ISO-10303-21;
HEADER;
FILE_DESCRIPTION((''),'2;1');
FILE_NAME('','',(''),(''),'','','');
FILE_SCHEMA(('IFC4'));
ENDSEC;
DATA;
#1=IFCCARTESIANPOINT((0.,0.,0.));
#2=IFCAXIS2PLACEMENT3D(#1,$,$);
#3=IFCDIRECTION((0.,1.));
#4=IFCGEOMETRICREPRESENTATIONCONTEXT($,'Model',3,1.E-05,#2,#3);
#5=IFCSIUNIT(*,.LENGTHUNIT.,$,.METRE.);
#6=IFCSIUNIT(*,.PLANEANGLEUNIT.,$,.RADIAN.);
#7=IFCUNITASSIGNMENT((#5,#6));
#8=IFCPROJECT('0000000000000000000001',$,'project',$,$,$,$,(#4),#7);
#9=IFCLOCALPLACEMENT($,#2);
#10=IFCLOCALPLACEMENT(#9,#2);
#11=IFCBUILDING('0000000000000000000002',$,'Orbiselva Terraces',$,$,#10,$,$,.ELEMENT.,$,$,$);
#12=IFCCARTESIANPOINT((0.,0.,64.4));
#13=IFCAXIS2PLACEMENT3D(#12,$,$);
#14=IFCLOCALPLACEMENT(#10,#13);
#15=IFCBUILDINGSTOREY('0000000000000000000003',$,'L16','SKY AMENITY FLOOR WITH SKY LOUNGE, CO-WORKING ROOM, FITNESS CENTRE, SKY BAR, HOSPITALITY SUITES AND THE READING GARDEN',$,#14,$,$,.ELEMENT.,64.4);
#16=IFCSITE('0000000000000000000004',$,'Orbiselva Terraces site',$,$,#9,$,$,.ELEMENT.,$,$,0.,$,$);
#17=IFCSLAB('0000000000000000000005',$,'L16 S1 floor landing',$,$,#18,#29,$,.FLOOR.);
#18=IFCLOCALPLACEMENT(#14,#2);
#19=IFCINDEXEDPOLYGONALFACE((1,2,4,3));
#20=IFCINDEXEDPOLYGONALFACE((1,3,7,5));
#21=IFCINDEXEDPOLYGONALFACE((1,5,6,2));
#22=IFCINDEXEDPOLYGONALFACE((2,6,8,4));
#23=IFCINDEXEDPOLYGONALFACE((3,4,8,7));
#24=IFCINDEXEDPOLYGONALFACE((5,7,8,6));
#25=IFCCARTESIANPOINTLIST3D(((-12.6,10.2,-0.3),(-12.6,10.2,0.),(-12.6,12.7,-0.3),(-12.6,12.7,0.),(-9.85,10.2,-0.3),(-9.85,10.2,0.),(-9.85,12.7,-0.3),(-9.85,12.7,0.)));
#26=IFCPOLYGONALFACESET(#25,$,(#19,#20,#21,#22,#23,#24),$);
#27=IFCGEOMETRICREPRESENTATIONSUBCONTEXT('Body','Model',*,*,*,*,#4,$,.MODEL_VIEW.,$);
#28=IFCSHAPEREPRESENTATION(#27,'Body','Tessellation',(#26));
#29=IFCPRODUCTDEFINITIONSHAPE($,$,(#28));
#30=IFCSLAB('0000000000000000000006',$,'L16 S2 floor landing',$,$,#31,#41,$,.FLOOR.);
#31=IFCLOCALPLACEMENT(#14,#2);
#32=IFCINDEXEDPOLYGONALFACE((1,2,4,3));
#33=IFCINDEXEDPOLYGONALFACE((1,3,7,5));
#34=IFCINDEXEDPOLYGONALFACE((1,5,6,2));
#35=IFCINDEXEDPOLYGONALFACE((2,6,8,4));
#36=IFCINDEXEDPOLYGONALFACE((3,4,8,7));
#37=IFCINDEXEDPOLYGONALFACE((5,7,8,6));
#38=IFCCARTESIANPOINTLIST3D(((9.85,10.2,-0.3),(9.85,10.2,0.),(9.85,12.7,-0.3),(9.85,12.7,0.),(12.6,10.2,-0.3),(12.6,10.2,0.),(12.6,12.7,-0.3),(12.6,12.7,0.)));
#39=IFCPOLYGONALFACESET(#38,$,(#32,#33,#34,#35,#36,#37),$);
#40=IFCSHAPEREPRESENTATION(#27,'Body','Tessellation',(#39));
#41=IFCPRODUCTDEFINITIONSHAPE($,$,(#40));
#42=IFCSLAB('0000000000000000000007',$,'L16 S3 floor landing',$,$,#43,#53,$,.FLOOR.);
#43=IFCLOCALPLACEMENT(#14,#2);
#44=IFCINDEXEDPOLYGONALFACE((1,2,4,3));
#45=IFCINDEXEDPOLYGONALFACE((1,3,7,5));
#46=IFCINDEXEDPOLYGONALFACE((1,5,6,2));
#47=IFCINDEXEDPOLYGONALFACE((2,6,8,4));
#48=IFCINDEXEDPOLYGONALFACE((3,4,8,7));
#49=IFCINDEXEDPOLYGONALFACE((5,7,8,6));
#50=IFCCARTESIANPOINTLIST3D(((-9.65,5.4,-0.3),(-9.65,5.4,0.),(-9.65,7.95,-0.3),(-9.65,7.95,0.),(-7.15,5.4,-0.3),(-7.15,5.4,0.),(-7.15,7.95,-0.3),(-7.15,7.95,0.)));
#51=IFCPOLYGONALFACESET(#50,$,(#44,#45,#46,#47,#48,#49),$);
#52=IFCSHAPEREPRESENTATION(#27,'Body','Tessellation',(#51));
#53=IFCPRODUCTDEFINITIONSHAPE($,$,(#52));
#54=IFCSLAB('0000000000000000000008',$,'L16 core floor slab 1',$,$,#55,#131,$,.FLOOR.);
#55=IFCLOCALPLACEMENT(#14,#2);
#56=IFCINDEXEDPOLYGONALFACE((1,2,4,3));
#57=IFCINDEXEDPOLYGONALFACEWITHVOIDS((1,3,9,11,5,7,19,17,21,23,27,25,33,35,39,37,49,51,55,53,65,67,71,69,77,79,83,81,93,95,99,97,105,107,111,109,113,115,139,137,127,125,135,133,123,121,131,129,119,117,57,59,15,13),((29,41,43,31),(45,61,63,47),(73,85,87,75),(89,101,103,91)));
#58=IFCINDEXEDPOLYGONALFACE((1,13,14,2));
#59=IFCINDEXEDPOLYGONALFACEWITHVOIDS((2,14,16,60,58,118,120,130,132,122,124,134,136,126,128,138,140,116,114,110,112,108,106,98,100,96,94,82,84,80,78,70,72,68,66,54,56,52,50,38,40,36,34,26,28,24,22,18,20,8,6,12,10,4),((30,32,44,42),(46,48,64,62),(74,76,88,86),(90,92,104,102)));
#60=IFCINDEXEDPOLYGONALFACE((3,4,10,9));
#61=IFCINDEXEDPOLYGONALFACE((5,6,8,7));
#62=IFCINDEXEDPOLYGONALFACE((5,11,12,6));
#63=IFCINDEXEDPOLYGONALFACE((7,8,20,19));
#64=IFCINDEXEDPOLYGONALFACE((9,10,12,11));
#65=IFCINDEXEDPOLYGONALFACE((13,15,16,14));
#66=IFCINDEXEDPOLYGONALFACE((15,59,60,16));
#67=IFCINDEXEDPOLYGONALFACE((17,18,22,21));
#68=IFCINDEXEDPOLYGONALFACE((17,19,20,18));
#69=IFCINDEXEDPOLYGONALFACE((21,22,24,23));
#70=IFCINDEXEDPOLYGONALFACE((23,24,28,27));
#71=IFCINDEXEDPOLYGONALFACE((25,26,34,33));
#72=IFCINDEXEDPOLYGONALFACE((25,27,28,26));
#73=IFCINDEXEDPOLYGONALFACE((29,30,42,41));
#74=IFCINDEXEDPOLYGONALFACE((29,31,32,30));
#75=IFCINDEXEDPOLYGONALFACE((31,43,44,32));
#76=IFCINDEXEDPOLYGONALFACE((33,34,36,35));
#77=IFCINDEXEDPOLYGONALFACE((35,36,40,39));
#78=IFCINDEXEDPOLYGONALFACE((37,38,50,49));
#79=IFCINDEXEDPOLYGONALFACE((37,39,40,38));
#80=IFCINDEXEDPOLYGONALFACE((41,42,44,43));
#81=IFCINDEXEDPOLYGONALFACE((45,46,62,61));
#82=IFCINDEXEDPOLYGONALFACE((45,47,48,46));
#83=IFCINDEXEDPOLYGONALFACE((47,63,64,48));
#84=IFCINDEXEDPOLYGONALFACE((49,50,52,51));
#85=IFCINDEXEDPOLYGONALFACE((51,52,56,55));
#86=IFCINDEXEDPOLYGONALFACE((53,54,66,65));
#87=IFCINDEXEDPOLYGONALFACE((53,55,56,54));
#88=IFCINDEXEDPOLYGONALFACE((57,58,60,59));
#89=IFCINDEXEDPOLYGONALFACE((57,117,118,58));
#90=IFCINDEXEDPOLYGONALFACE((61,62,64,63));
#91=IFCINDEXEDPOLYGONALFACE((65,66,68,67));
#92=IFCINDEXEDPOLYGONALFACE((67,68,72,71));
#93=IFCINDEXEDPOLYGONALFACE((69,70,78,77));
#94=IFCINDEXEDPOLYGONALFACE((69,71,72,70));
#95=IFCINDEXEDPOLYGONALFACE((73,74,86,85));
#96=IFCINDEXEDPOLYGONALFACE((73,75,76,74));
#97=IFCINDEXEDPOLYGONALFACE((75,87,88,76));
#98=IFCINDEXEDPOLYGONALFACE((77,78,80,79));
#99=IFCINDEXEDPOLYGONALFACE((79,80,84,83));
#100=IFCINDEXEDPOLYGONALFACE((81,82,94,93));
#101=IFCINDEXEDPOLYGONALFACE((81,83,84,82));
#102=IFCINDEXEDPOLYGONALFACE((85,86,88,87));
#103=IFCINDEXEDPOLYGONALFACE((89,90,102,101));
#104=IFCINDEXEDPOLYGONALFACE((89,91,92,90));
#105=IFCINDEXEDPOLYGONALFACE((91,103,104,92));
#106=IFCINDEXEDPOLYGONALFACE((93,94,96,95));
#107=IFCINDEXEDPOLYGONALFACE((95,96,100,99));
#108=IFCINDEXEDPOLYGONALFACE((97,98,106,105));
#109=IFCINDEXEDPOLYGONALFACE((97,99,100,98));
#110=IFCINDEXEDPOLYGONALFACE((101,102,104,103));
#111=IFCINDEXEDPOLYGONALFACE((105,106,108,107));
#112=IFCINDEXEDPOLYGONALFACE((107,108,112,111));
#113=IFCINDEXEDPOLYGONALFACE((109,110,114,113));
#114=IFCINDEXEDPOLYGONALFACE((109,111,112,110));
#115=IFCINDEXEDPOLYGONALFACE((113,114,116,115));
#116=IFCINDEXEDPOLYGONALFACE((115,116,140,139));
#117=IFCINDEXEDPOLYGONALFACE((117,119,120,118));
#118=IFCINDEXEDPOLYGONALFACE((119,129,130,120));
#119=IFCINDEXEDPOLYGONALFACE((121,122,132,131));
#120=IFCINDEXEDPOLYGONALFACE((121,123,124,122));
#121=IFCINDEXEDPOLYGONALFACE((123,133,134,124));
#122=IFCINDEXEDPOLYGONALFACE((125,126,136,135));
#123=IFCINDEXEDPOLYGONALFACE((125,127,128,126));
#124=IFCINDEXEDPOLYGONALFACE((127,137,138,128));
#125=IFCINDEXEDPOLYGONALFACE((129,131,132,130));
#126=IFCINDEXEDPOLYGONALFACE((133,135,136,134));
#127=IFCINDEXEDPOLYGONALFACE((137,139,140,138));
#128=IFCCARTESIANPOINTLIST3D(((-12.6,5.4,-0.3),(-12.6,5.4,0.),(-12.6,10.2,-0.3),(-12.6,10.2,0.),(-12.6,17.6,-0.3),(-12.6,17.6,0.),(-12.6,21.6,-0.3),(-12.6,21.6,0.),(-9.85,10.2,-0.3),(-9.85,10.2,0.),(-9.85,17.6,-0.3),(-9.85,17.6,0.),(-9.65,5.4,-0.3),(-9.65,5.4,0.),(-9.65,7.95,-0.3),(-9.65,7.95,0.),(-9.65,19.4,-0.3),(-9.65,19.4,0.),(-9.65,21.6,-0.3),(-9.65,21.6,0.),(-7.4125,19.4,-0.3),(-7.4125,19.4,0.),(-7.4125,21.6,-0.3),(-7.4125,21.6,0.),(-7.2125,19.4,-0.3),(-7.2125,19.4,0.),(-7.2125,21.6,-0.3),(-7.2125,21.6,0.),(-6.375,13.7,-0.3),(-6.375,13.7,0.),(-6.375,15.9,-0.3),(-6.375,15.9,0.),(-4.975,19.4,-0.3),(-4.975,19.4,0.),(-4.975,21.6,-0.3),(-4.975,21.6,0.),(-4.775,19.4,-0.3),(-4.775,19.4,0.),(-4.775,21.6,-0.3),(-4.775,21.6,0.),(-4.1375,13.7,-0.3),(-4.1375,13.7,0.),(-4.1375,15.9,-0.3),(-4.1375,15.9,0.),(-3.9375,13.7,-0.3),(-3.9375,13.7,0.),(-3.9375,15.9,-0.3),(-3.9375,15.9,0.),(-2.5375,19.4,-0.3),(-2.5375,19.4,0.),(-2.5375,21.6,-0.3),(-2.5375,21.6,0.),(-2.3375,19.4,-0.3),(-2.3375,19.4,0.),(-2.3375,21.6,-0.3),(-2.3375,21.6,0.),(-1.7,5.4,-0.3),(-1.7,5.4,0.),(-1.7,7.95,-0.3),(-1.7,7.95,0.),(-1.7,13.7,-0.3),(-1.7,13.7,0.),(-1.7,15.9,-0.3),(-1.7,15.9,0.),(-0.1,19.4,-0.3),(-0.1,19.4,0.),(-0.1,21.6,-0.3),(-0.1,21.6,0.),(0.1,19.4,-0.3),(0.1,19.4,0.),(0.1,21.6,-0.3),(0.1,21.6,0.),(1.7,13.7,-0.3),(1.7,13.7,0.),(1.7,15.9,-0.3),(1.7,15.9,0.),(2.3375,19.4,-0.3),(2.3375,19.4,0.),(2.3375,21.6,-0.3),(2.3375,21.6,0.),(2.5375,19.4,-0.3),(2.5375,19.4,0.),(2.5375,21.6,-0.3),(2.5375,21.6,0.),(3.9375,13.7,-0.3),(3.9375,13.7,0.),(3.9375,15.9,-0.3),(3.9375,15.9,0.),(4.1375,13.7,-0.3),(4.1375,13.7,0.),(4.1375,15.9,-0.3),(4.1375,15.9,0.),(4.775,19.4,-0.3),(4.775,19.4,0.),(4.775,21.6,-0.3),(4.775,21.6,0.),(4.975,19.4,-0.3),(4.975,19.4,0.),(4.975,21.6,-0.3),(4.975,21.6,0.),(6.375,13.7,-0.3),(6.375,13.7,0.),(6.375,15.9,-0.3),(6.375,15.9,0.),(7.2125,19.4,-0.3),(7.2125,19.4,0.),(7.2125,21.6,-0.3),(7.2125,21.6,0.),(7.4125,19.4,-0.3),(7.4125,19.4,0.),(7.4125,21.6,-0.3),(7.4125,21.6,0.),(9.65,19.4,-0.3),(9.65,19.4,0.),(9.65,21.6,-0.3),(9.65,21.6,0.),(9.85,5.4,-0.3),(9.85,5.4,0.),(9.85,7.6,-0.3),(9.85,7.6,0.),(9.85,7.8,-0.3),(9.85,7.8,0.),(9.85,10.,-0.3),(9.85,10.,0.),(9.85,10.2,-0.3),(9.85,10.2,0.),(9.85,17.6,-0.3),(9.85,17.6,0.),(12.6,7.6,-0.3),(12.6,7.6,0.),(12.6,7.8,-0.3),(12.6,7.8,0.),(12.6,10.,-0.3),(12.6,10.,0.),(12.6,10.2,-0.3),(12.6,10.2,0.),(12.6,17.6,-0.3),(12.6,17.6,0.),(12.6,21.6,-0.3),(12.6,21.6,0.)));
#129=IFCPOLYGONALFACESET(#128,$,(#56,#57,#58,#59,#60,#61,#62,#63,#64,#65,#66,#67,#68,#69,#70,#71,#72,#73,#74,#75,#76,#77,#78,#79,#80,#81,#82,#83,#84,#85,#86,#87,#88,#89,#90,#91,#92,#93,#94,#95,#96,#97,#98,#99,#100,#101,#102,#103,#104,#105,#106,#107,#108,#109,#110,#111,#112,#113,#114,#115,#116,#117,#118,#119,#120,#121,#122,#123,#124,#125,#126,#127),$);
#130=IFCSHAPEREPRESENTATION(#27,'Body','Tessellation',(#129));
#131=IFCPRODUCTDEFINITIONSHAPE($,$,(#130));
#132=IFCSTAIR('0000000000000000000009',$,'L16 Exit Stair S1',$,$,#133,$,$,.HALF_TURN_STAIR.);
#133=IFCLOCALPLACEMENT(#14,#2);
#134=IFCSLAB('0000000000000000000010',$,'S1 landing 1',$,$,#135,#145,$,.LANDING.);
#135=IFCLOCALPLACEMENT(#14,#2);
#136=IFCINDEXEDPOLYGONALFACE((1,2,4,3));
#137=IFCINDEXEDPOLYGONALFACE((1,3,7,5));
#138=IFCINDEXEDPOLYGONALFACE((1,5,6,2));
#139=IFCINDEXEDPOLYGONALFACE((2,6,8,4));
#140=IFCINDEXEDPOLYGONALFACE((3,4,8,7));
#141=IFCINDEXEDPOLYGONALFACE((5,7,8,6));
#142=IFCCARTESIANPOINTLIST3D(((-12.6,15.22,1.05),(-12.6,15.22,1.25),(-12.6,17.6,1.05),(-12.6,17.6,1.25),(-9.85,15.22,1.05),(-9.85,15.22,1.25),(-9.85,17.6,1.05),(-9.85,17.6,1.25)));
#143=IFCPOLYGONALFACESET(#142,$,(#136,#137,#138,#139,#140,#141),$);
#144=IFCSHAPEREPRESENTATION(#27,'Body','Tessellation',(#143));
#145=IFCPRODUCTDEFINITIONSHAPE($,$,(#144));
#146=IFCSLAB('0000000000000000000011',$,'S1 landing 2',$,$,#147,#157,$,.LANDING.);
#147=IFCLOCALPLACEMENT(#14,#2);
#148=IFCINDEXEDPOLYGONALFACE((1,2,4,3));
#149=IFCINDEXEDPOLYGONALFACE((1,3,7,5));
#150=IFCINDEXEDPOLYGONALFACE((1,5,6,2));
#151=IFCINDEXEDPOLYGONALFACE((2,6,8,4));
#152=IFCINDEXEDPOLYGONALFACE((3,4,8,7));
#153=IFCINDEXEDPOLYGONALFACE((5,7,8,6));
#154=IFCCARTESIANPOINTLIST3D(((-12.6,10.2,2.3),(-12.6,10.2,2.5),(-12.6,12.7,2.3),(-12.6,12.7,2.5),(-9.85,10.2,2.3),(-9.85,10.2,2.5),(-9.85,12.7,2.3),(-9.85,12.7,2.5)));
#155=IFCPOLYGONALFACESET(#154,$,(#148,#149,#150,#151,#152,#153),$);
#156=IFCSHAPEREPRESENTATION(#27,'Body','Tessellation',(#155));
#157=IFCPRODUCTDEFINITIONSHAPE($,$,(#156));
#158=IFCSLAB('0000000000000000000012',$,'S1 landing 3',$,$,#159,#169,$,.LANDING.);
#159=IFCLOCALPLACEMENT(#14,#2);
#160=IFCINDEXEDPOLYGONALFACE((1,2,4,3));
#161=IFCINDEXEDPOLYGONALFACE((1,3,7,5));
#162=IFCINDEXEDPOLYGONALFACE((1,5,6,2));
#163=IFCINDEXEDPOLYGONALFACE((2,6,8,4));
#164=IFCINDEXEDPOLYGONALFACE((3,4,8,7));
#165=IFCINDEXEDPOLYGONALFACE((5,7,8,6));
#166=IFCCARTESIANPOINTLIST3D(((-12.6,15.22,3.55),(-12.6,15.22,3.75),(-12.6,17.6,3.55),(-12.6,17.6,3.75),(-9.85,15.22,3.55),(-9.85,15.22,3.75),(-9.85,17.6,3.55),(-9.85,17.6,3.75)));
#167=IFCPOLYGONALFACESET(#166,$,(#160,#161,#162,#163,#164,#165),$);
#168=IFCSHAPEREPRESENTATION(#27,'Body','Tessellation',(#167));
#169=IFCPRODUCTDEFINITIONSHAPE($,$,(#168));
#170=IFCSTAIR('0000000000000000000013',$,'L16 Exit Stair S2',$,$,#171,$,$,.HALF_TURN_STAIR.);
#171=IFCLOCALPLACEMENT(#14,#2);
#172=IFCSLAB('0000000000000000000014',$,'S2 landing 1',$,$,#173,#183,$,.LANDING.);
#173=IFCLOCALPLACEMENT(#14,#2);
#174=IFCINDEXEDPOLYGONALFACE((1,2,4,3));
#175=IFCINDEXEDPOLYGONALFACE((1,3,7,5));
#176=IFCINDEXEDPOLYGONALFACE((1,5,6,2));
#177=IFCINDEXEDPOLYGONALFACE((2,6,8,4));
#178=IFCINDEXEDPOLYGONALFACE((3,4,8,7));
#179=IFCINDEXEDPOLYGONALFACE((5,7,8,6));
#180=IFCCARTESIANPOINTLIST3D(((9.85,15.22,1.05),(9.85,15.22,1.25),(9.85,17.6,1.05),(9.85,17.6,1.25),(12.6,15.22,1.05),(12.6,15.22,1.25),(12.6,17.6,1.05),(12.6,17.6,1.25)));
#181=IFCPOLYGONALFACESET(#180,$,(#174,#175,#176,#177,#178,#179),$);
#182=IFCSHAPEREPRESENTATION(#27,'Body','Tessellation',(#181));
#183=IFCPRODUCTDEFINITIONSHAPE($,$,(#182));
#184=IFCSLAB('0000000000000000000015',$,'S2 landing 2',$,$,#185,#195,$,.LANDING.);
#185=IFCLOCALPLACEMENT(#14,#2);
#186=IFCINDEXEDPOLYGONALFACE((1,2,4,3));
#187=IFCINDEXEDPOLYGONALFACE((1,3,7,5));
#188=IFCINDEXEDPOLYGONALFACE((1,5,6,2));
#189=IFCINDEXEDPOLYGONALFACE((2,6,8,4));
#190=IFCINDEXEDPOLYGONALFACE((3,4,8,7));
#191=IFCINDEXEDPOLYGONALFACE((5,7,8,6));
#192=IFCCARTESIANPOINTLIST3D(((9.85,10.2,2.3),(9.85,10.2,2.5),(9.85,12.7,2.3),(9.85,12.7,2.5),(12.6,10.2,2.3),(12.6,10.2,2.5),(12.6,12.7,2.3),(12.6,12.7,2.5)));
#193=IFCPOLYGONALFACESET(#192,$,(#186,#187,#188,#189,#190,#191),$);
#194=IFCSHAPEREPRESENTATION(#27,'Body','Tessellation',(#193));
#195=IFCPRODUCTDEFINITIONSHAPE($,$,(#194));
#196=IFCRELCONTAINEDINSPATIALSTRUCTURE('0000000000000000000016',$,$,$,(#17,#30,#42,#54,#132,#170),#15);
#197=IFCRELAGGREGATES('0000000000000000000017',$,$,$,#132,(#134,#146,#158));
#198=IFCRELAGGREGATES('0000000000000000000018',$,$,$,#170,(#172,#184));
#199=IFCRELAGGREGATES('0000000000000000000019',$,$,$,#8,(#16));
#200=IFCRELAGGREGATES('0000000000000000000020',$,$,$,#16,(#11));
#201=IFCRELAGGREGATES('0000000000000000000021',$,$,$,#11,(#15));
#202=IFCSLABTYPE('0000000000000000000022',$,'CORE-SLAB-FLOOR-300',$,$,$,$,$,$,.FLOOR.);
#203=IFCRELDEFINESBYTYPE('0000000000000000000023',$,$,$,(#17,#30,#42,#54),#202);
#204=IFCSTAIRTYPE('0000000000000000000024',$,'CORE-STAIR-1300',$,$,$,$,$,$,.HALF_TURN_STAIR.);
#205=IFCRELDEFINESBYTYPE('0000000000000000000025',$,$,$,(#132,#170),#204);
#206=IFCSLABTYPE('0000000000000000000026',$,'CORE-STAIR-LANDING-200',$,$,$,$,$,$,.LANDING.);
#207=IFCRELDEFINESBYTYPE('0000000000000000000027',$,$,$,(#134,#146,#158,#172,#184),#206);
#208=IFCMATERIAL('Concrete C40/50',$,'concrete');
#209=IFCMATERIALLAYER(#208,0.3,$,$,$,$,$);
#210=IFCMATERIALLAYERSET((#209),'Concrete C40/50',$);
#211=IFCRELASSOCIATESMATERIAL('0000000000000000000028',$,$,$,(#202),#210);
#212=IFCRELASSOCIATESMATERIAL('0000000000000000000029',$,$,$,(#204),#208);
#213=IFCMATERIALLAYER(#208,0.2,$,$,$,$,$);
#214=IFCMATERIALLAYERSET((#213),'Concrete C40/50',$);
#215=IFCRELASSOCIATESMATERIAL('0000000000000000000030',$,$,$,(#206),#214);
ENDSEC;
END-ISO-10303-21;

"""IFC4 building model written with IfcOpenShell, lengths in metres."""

from ifc_helpers import new_model, si_unit, direction, frame, origin, place, context, subcontext, project, spatial, polyline, outline, extrude, material, layer, layer_set, type_object, element, aggregate, save


model = new_model("IFC4")

# Units and contexts
model_context = context("Model", 3, precision=1e-05, world=origin(), true_north=direction((0.0, 1.0)))
body_context = subcontext(model_context, "Body", "Model", "MODEL_VIEW")
ifc_project = project(units=[si_unit("LENGTHUNIT", "METRE"), si_unit("PLANEANGLEUNIT", "RADIAN")], contexts=[model_context])

# Site, building, storey
site_placement = place(None, origin())
site = spatial("IfcSite", under=ifc_project, at=site_placement, Name="Orbiselva Terraces site", CompositionType="ELEMENT", RefElevation=0.0)
building_placement = place(site_placement, origin())
building = spatial("IfcBuilding", under=site, at=building_placement, Name="Orbiselva Terraces", CompositionType="ELEMENT")
storey_placement = place(building_placement, frame((0.0, 0.0, 64.4)))
storey = spatial("IfcBuildingStorey", under=building, at=storey_placement, Name="L16", Description="SKY AMENITY FLOOR WITH SKY LOUNGE, CO-WORKING ROOM, FITNESS CENTRE, SKY BAR, HOSPITALITY SUITES AND THE READING GARDEN", CompositionType="ELEMENT", Elevation=64.4)

# Slabs
ifc_material_1 = material(Name="Concrete C40/50", Category="concrete")
ifc_layer_1 = layer(ifc_material_1, 0.3)
ifc_layer_set_1 = layer_set([ifc_layer_1], Name="Concrete C40/50")
slab_type_1 = type_object("IfcSlabType", Name="CORE-SLAB-FLOOR-300", PredefinedType="FLOOR", material=ifc_layer_set_1)
slab_1_placement = place(storey_placement, frame((0.0, 0.0, -0.3)))
element("IfcSlab", 1, at=slab_1_placement, inside=storey, type_object=slab_type_1, Name="L16 S1 floor landing", PredefinedType="FLOOR", context=body_context, shape_type="SweptSolid", body=[
    extrude(outline(polyline([(-12.6, 12.7), (-9.85, 12.7), (-9.85, 10.2), (-12.6, 10.2), (-12.6, 12.7)])), origin(), (0.0, 0.0, 1.0), 0.3),
])
slab_2_placement = place(storey_placement, frame((0.0, 0.0, -0.3)))
element("IfcSlab", 2, at=slab_2_placement, inside=storey, type_object=slab_type_1, Name="L16 S2 floor landing", PredefinedType="FLOOR", context=body_context, shape_type="SweptSolid", body=[
    extrude(outline(polyline([(12.6, 12.7), (12.6, 10.2), (9.85, 10.2), (9.85, 12.7), (12.6, 12.7)])), origin(), (0.0, 0.0, 1.0), 0.3),
])
slab_3_placement = place(storey_placement, frame((0.0, 0.0, -0.3)))
element("IfcSlab", 3, at=slab_3_placement, inside=storey, type_object=slab_type_1, Name="L16 S3 floor landing", PredefinedType="FLOOR", context=body_context, shape_type="SweptSolid", body=[
    extrude(outline(polyline([(-7.15, 5.4), (-9.65, 5.4), (-9.65, 7.95), (-7.15, 7.95), (-7.15, 5.4)])), origin(), (0.0, 0.0, 1.0), 0.3),
])
slab_4_placement = place(storey_placement, frame((0.0, 0.0, -0.3)))
element("IfcSlab", 4, at=slab_4_placement, inside=storey, type_object=slab_type_1, Name="L16 core floor slab 1", PredefinedType="FLOOR", context=body_context, shape_type="SweptSolid", body=[
    extrude(outline(polyline([(-1.7, 5.4), (-1.7, 7.95), (-9.65, 7.95), (-9.65, 5.4), (-12.6, 5.4), (-12.6, 10.2), (-9.85, 10.2), (-9.85, 17.6), (-12.6, 17.6), (-12.6, 21.6), (-9.65, 21.6), (-9.65, 19.4), (-7.4125, 19.4), (-7.4125, 21.6), (-7.2125, 21.6), (-7.2125, 19.4), (-4.975, 19.4), (-4.975, 21.6), (-4.775, 21.6), (-4.775, 19.4), (-2.5375, 19.4), (-2.5375, 21.6), (-2.3375, 21.6), (-2.3375, 19.4), (-0.1, 19.4), (-0.1, 21.6), (0.1, 21.6), (0.1, 19.4), (2.3375, 19.4), (2.3375, 21.6), (2.5375, 21.6), (2.5375, 19.4), (4.775, 19.4), (4.775, 21.6), (4.975, 21.6), (4.975, 19.4), (7.2125, 19.4), (7.2125, 21.6), (7.4125, 21.6), (7.4125, 19.4), (9.65, 19.4), (9.65, 21.6), (12.6, 21.6), (12.6, 17.6), (9.85, 17.6), (9.85, 10.2), (12.6, 10.2), (12.6, 10.0), (9.85, 10.0), (9.85, 7.8), (12.6, 7.8), (12.6, 7.6), (9.85, 7.6), (9.85, 5.4), (-1.7, 5.4)]), holes=[polyline([(-4.1375, 13.7), (-4.1375, 15.9), (-6.375, 15.9), (-6.375, 13.7), (-4.1375, 13.7)]), polyline([(-1.7, 13.7), (-1.7, 15.9), (-3.9375, 15.9), (-3.9375, 13.7), (-1.7, 13.7)]), polyline([(3.9375, 13.7), (3.9375, 15.9), (1.7, 15.9), (1.7, 13.7), (3.9375, 13.7)]), polyline([(6.375, 13.7), (6.375, 15.9), (4.1375, 15.9), (4.1375, 13.7), (6.375, 13.7)])]), origin(), (0.0, 0.0, 1.0), 0.3),
])

# Stairs, slabs
stair_type_1 = type_object("IfcStairType", Name="CORE-STAIR-1300", PredefinedType="HALF_TURN_STAIR", material=ifc_material_1)
stair_1_placement = place(storey_placement, origin())
stair_1 = element("IfcStair", 5, at=stair_1_placement, inside=storey, type_object=stair_type_1, Name="L16 Exit Stair S1", PredefinedType="HALF_TURN_STAIR")
ifc_layer_2 = layer(ifc_material_1, 0.2)
ifc_layer_set_2 = layer_set([ifc_layer_2], Name="Concrete C40/50")
slab_type_2 = type_object("IfcSlabType", Name="CORE-STAIR-LANDING-200", PredefinedType="LANDING", material=ifc_layer_set_2)
slab_5_placement = place(storey_placement, frame((0.0, 0.0, 1.05)))
slab_5 = element("IfcSlab", 6, at=slab_5_placement, type_object=slab_type_2, Name="S1 landing 1", PredefinedType="LANDING", context=body_context, shape_type="SweptSolid", body=[
    extrude(outline(polyline([(-9.85, 15.22), (-9.85, 17.6), (-12.6, 17.6), (-12.6, 15.22), (-9.85, 15.22)])), origin(), (0.0, 0.0, 1.0), 0.2),
])
slab_6_placement = place(storey_placement, frame((0.0, 0.0, 2.3)))
slab_6 = element("IfcSlab", 7, at=slab_6_placement, type_object=slab_type_2, Name="S1 landing 2", PredefinedType="LANDING", context=body_context, shape_type="SweptSolid", body=[
    extrude(outline(polyline([(-9.85, 10.2), (-9.85, 12.7), (-12.6, 12.7), (-12.6, 10.2), (-9.85, 10.2)])), origin(), (0.0, 0.0, 1.0), 0.2),
])
slab_7_placement = place(storey_placement, frame((0.0, 0.0, 3.55)))
slab_7 = element("IfcSlab", 8, at=slab_7_placement, type_object=slab_type_2, Name="S1 landing 3", PredefinedType="LANDING", context=body_context, shape_type="SweptSolid", body=[
    extrude(outline(polyline([(-9.85, 15.22), (-9.85, 17.6), (-12.6, 17.6), (-12.6, 15.22), (-9.85, 15.22)])), origin(), (0.0, 0.0, 1.0), 0.2),
])
aggregate(stair_1, [slab_5, slab_6, slab_7])
stair_2_placement = place(storey_placement, origin())
stair_2 = element("IfcStair", 9, at=stair_2_placement, inside=storey, type_object=stair_type_1, Name="L16 Exit Stair S2", PredefinedType="HALF_TURN_STAIR")
slab_8_placement = place(storey_placement, frame((0.0, 0.0, 1.05)))
slab_8 = element("IfcSlab", 10, at=slab_8_placement, type_object=slab_type_2, Name="S2 landing 1", PredefinedType="LANDING", context=body_context, shape_type="SweptSolid", body=[
    extrude(outline(polyline([(12.6, 15.22), (12.6, 17.6), (9.85, 17.6), (9.85, 15.22), (12.6, 15.22)])), origin(), (0.0, 0.0, 1.0), 0.2),
])
slab_9_placement = place(storey_placement, frame((0.0, 0.0, 2.3)))
slab_9 = element("IfcSlab", 11, at=slab_9_placement, type_object=slab_type_2, Name="S2 landing 2", PredefinedType="LANDING", context=body_context, shape_type="SweptSolid", body=[
    extrude(outline(polyline([(12.6, 10.2), (12.6, 12.7), (9.85, 12.7), (9.85, 10.2), (12.6, 10.2)])), origin(), (0.0, 0.0, 1.0), 0.2),
])
aggregate(stair_2, [slab_8, slab_9])

save(model, "model.ifc")
